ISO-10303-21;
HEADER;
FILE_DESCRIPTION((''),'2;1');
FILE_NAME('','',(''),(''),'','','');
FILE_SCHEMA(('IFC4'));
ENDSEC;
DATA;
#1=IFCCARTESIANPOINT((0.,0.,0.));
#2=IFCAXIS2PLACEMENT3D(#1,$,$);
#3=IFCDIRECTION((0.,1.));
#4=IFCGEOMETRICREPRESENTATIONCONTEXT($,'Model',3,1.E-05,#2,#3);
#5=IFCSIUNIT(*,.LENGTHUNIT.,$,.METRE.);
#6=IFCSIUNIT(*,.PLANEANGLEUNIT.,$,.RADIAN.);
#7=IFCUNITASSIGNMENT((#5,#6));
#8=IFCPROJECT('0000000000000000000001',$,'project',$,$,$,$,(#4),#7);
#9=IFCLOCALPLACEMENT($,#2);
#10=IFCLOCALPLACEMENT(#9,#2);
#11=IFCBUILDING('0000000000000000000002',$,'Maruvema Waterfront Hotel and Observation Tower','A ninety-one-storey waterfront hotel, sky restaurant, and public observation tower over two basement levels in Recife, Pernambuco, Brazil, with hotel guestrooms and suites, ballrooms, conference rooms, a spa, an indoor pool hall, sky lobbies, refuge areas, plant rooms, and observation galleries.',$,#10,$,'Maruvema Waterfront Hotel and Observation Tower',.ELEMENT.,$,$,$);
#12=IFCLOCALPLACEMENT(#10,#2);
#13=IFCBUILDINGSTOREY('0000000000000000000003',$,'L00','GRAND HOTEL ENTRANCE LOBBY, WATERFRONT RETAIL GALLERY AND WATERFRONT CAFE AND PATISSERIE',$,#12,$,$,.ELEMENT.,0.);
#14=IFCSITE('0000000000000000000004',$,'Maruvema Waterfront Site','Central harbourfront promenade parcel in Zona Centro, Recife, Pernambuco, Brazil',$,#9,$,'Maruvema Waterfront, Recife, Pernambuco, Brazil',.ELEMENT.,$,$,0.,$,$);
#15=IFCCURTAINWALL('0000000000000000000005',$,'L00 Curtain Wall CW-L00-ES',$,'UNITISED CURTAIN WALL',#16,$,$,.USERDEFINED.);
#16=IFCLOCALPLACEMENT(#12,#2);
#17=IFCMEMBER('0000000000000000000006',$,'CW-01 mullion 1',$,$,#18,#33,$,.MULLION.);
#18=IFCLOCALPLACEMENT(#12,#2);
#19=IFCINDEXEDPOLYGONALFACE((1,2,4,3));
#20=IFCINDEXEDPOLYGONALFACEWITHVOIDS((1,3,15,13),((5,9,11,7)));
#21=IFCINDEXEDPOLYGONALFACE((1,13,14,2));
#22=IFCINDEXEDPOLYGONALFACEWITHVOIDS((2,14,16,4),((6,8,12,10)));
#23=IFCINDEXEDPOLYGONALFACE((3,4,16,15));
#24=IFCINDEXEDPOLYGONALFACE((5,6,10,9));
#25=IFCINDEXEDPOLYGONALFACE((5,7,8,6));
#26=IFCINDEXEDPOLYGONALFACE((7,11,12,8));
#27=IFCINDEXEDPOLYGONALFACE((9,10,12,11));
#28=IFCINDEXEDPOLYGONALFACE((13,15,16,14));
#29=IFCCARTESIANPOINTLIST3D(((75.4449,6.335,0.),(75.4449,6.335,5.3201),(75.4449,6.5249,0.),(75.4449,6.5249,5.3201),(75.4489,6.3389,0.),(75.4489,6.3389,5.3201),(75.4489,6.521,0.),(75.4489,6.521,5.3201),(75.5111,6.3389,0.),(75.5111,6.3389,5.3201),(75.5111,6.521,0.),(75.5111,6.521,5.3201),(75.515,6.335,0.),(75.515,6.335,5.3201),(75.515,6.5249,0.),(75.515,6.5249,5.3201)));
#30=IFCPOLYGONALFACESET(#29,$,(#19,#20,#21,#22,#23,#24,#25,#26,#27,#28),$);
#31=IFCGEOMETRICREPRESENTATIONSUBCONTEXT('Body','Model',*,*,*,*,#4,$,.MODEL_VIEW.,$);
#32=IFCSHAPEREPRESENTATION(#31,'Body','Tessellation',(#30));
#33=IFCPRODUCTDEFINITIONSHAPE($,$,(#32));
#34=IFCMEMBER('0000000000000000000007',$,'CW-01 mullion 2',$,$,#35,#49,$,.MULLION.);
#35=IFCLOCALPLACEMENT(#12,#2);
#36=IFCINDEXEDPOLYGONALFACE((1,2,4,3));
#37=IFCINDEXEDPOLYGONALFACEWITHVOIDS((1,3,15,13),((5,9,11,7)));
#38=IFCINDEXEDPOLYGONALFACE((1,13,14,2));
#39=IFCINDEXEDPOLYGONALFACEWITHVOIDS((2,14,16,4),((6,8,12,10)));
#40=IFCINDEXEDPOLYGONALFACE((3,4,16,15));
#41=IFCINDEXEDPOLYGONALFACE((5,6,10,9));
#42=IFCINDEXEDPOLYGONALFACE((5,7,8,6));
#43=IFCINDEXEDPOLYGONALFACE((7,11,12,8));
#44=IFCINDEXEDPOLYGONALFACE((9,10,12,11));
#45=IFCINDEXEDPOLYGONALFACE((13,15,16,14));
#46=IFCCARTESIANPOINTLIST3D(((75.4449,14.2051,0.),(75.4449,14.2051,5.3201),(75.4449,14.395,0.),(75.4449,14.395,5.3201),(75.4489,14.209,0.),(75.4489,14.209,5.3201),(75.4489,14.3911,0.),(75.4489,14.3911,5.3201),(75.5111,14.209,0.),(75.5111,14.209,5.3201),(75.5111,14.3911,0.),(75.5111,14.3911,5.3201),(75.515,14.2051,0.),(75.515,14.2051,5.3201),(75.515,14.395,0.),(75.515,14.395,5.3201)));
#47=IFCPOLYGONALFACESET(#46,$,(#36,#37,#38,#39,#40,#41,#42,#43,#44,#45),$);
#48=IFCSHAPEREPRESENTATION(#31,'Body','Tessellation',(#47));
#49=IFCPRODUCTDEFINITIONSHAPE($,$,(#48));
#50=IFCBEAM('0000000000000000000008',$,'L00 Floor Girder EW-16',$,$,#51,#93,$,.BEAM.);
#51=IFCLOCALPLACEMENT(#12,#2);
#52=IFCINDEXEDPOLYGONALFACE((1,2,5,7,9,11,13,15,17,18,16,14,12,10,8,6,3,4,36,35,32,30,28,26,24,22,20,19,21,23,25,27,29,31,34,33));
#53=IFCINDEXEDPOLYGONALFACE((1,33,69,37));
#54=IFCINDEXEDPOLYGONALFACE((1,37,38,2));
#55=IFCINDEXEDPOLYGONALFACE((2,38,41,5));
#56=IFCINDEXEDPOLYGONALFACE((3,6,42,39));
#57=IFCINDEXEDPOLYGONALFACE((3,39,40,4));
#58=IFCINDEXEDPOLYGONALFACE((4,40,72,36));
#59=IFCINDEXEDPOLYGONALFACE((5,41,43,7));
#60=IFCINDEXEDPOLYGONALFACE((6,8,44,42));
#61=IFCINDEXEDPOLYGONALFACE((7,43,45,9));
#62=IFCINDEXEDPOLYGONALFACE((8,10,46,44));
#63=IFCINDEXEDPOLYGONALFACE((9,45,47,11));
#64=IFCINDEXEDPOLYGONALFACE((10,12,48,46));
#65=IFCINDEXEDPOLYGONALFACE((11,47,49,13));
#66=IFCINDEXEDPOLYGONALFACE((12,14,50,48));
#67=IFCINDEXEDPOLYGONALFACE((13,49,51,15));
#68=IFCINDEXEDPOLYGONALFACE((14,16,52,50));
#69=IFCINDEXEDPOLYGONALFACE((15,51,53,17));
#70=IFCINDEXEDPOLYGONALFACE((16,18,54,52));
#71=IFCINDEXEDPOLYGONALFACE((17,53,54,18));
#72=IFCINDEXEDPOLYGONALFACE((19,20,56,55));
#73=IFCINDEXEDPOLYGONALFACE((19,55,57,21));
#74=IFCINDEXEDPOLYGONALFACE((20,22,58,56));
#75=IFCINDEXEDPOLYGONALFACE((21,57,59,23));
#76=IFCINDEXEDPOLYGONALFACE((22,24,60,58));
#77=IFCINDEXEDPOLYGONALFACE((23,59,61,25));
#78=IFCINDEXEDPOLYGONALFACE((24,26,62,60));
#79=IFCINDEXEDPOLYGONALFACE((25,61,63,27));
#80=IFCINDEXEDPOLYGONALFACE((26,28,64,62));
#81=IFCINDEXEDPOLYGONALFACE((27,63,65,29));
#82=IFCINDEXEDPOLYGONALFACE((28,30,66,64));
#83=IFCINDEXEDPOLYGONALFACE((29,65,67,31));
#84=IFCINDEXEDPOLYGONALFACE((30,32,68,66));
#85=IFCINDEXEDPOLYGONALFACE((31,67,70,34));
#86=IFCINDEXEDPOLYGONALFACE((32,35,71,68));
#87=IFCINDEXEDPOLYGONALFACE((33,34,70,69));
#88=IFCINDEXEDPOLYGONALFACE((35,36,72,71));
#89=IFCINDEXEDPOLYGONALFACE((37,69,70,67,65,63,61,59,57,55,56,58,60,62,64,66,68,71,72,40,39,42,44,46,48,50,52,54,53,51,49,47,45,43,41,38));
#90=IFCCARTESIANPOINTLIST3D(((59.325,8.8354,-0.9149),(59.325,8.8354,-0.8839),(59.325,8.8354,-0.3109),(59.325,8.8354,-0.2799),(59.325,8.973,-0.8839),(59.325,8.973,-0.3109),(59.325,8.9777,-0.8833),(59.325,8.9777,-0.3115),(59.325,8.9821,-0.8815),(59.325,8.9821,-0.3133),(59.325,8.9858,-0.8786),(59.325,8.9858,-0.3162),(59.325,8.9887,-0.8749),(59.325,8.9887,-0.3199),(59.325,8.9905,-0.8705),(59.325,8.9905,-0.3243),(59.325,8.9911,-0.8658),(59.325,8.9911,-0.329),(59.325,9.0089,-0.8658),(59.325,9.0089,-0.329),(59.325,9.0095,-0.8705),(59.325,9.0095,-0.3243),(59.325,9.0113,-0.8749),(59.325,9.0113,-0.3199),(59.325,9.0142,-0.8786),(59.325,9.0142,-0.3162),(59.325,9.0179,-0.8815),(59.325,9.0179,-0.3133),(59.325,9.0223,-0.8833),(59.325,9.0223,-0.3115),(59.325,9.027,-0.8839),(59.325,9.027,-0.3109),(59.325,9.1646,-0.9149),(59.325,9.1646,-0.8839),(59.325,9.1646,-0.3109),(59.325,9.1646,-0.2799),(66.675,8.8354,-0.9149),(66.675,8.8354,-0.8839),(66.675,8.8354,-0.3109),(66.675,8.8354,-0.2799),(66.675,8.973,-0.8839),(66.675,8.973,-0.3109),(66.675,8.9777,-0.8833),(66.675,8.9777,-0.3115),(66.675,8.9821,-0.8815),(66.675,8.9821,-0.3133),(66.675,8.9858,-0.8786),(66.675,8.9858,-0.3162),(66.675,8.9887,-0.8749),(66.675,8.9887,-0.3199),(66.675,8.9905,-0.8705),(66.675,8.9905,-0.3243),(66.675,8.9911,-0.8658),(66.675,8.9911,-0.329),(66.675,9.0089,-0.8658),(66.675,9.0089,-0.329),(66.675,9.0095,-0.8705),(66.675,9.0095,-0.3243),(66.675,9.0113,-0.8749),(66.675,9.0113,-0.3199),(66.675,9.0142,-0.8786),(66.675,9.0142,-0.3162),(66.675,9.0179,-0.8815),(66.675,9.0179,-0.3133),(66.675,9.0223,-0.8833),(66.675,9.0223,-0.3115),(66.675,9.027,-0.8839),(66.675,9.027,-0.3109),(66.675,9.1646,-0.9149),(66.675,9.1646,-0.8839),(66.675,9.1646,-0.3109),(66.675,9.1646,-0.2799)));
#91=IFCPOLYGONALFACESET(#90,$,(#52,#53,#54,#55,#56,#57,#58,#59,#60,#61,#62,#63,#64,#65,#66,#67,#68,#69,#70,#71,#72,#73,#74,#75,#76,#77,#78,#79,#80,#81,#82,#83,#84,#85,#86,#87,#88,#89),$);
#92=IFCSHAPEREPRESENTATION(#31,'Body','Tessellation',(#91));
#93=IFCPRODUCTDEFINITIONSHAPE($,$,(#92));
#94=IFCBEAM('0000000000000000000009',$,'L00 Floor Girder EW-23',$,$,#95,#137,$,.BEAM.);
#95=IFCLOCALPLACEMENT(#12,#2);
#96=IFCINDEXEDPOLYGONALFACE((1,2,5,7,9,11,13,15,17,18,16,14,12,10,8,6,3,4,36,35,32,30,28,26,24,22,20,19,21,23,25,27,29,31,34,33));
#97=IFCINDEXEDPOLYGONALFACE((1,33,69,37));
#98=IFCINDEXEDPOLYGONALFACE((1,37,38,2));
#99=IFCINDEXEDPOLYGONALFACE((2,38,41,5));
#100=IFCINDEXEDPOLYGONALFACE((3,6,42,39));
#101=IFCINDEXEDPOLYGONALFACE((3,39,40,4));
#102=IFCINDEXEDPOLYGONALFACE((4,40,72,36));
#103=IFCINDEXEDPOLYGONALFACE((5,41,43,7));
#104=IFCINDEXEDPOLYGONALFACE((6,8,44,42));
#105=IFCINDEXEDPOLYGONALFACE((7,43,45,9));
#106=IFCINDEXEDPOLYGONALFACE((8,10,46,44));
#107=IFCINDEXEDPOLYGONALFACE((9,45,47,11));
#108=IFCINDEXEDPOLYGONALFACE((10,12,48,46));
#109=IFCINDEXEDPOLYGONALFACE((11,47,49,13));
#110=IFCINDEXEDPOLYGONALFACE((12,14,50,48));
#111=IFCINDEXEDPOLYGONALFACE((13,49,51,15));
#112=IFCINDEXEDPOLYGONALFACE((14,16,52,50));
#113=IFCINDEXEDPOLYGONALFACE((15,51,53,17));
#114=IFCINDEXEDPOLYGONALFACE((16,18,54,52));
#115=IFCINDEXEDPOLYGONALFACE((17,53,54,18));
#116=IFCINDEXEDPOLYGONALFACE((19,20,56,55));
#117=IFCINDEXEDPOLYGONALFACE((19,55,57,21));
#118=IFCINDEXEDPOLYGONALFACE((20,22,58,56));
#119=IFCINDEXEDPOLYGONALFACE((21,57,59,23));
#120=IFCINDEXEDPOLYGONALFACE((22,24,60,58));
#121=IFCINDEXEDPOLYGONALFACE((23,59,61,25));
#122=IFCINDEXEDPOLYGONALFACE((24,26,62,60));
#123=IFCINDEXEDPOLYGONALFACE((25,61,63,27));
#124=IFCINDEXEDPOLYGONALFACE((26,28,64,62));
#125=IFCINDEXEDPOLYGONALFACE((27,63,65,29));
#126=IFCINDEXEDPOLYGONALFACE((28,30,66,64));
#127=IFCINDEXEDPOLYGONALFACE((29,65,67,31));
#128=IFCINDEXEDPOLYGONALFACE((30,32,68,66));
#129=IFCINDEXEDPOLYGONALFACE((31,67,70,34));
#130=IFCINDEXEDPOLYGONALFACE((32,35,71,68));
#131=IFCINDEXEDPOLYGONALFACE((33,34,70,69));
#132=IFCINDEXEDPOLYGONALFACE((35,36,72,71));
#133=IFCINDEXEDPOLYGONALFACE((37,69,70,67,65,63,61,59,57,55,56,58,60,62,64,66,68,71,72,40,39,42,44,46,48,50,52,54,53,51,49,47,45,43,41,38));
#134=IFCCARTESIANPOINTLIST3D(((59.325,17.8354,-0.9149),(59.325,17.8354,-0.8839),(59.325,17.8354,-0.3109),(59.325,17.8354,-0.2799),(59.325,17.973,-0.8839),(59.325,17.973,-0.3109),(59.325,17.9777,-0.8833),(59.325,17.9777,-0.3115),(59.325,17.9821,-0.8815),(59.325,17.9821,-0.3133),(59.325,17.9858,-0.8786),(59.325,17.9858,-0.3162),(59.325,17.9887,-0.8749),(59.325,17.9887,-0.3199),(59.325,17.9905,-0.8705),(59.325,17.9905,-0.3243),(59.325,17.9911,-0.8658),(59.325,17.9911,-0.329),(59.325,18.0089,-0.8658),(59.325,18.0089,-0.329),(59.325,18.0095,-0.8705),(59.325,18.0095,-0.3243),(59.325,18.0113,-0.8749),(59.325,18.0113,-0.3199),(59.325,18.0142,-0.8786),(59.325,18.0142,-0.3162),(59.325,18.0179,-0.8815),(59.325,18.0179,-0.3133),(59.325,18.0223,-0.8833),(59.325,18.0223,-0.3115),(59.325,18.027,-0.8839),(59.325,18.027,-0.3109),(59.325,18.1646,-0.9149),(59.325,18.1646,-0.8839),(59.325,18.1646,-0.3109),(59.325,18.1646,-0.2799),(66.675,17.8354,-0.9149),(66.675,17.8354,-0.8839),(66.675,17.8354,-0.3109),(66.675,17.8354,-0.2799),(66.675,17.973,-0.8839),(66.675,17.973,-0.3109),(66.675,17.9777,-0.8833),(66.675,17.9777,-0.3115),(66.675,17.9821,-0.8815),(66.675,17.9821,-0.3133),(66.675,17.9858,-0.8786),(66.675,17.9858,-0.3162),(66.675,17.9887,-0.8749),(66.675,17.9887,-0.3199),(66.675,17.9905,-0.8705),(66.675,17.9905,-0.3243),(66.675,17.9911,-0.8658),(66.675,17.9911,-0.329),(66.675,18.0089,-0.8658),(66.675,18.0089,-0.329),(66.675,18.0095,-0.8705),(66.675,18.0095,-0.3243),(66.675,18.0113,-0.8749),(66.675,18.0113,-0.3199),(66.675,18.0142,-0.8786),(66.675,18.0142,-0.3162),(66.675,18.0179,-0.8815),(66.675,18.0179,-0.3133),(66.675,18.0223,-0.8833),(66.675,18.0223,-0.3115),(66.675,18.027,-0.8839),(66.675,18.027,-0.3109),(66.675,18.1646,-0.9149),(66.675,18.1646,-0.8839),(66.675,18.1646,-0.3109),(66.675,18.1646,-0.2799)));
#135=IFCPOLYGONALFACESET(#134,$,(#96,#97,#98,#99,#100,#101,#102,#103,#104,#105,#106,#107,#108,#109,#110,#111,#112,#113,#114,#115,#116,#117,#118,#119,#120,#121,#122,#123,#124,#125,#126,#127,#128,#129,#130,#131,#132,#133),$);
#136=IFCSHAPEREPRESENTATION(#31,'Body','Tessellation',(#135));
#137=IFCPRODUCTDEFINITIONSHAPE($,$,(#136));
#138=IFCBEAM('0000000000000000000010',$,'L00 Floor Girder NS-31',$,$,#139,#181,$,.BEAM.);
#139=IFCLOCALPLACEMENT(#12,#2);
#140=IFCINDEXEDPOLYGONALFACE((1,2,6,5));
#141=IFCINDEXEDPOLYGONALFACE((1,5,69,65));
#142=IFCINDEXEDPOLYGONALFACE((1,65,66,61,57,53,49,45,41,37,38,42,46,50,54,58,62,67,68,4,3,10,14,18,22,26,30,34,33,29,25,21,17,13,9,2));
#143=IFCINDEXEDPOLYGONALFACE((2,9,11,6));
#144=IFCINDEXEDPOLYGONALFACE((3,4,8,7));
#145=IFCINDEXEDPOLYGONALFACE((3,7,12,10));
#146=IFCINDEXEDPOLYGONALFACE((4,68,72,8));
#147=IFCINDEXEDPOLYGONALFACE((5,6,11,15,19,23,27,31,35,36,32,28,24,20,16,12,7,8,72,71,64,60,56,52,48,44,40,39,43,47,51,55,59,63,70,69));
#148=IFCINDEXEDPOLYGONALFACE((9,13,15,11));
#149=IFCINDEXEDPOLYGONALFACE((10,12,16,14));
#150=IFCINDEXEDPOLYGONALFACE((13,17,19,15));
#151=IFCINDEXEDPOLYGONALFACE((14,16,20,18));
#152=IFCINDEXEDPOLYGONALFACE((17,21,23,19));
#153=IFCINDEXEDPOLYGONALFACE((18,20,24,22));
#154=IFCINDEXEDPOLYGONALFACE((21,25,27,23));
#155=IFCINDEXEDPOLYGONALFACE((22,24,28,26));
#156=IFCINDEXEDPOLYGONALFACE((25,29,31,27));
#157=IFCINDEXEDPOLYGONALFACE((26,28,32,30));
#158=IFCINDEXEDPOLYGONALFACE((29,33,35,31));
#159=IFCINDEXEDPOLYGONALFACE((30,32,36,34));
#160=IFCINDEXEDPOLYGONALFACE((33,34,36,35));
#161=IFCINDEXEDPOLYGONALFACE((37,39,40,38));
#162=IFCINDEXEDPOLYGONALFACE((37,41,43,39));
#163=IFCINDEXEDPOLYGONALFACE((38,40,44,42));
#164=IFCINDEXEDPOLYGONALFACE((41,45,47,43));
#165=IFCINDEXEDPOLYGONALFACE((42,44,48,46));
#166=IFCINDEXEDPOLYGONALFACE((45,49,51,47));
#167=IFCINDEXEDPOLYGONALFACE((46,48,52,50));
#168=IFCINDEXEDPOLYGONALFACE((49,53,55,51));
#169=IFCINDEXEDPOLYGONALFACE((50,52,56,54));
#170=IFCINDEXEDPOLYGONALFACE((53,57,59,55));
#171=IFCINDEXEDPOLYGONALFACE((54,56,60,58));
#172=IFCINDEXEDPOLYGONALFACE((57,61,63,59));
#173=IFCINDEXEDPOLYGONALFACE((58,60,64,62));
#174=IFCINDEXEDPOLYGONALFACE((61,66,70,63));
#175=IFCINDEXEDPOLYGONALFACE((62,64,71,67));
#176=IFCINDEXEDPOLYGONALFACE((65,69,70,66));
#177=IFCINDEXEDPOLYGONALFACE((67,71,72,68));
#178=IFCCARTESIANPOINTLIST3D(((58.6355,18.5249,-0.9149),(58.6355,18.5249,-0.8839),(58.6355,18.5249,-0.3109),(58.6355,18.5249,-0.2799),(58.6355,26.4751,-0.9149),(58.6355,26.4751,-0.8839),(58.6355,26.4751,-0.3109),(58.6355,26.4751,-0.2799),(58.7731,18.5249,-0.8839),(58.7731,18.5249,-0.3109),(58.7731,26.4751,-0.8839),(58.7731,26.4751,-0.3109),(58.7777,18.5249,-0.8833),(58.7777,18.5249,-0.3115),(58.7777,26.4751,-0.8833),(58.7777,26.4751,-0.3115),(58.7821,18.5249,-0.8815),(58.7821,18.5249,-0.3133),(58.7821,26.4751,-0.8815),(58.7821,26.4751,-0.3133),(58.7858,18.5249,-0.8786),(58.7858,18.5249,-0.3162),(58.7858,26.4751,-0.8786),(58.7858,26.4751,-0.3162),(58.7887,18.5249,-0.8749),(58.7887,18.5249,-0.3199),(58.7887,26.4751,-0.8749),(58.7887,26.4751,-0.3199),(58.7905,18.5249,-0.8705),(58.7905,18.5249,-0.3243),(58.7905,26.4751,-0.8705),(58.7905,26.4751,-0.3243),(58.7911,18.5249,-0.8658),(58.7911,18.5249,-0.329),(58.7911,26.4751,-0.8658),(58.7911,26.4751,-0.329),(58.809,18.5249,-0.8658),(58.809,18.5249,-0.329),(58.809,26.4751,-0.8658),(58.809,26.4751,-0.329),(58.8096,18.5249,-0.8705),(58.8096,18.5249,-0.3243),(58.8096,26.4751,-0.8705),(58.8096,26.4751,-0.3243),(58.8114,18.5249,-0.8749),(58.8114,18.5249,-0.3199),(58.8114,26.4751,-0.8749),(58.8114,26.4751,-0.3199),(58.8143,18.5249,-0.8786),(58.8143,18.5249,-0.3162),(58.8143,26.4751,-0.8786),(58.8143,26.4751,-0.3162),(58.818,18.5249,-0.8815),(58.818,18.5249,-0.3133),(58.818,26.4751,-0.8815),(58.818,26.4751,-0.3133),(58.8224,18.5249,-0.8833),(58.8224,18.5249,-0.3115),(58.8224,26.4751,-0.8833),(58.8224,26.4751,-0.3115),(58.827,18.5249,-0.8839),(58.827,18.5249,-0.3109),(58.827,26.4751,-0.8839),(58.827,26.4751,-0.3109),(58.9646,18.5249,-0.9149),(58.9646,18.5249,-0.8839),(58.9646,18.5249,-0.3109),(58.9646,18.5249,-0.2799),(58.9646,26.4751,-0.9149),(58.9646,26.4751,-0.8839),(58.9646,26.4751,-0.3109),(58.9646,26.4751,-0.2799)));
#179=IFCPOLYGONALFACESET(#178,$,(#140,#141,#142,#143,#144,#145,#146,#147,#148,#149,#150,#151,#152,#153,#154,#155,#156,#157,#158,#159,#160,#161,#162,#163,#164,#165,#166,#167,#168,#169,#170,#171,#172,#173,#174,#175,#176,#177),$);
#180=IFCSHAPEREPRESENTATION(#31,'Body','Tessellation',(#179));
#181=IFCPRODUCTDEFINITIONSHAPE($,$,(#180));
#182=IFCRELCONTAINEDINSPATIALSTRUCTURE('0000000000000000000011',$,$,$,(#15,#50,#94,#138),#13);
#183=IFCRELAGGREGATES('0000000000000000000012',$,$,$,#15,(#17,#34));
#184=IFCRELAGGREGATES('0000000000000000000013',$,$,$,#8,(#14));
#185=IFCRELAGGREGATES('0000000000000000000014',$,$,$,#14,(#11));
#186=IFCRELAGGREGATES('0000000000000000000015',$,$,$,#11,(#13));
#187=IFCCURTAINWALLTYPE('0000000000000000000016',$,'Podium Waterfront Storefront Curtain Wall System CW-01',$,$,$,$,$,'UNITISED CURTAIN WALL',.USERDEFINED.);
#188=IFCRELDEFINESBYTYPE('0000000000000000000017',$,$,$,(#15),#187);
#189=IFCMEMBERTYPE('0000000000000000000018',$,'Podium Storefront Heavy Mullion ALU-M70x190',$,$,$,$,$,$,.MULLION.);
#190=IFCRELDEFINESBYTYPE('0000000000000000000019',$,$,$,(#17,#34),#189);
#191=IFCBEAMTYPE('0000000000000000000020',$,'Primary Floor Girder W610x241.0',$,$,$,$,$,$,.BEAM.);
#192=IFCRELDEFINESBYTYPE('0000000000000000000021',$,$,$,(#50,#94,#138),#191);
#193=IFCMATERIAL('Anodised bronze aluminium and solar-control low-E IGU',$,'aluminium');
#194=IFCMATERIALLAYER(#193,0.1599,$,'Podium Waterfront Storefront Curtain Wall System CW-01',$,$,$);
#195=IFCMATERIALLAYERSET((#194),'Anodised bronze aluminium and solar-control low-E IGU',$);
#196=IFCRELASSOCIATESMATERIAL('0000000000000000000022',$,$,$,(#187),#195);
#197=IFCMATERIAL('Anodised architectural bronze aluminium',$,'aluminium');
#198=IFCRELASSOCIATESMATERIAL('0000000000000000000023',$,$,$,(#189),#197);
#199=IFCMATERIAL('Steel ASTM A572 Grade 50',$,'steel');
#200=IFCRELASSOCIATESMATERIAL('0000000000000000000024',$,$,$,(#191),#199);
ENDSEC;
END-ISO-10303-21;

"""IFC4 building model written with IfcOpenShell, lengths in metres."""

from ifc_helpers import new_model, si_unit, direction, frame, origin, origin_2d, place, context, subcontext, project, spatial, hollow_rectangle, i_section, extrude, material, layer, layer_set, material_profile, profile_set, type_object, element, aggregate, save


model = new_model("IFC4")

# Units and contexts
model_context = context("Model", 3, precision=1e-05, world=origin(), true_north=direction((0.0, 1.0)))
body_context = subcontext(model_context, "Body", "Model", "MODEL_VIEW")
ifc_project = project(units=[si_unit("LENGTHUNIT", "METRE"), si_unit("PLANEANGLEUNIT", "RADIAN")], contexts=[model_context])

# Site, building, storey
site_placement = place(None, origin())
site = spatial("IfcSite", under=ifc_project, at=site_placement, Name="Maruvema Waterfront Site", Description="Central harbourfront promenade parcel in Zona Centro, Recife, Pernambuco, Brazil", LongName="Maruvema Waterfront, Recife, Pernambuco, Brazil", CompositionType="ELEMENT", RefElevation=0.0)
building_placement = place(site_placement, origin())
building = spatial("IfcBuilding", under=site, at=building_placement, Name="Maruvema Waterfront Hotel and Observation Tower", Description="A ninety-one-storey waterfront hotel, sky restaurant, and public observation tower over two basement levels in Recife, Pernambuco, Brazil, with hotel guestrooms and suites, ballrooms, conference rooms, a spa, an indoor pool hall, sky lobbies, refuge areas, plant rooms, and observation galleries.", LongName="Maruvema Waterfront Hotel and Observation Tower", CompositionType="ELEMENT")
storey_placement = place(building_placement, origin())
storey = spatial("IfcBuildingStorey", under=building, at=storey_placement, Name="L00", Description="GRAND HOTEL ENTRANCE LOBBY, WATERFRONT RETAIL GALLERY AND WATERFRONT CAFE AND PATISSERIE", CompositionType="ELEMENT", Elevation=0.0)

# Curtain wall
ifc_material_1 = material(Name="Anodised bronze aluminium and solar-control low-E IGU", Category="aluminium")
ifc_layer_1 = layer(ifc_material_1, 0.1599, Name="Podium Waterfront Storefront Curtain Wall System CW-01")
ifc_layer_set_1 = layer_set([ifc_layer_1], Name="Anodised bronze aluminium and solar-control low-E IGU")
curtain_wall_type = type_object("IfcCurtainWallType", Name="Podium Waterfront Storefront Curtain Wall System CW-01", ElementType="UNITISED CURTAIN WALL", PredefinedType="USERDEFINED", material=ifc_layer_set_1)
curtain_wall_placement = place(storey_placement, origin())
curtain_wall = element("IfcCurtainWall", 1, at=curtain_wall_placement, inside=storey, type_object=curtain_wall_type, Name="L00 Curtain Wall CW-L00-ES", ObjectType="UNITISED CURTAIN WALL", PredefinedType="USERDEFINED")

# Members
ifc_material_2 = material(Name="Anodised architectural bronze aluminium", Category="aluminium")
ifc_material_profile_1 = material_profile(ifc_material_2, hollow_rectangle(XDim=0.0701, YDim=0.1899, WallThickness=0.0039, at=origin_2d()), Name="ALU-M70x190")
ifc_profile_set_1 = profile_set([ifc_material_profile_1], Name="Anodised architectural bronze aluminium")
member_type_1 = type_object("IfcMemberType", Name="Podium Storefront Heavy Mullion ALU-M70x190", PredefinedType="MULLION", material=ifc_profile_set_1)
member_1_placement = place(storey_placement, frame((75.48, 6.4299, 0.0), z_axis=(0.0, 0.0, 1.0), x_axis=(-1.0, 0.0, 0.0)))
member_1 = element("IfcMember", 2, at=member_1_placement, type_object=member_type_1, Name="CW-01 mullion 1", PredefinedType="MULLION", context=body_context, shape_type="SweptSolid", body=[
    extrude(hollow_rectangle(XDim=0.0701, YDim=0.1899, WallThickness=0.0039, at=origin_2d()), origin(), (0.0, 0.0, 1.0), 5.3201),
])
member_2_placement = place(storey_placement, frame((75.48, 14.3, 0.0), z_axis=(0.0, 0.0, 1.0), x_axis=(-1.0, 0.0, 0.0)))
member_2 = element("IfcMember", 3, at=member_2_placement, type_object=member_type_1, Name="CW-01 mullion 2", PredefinedType="MULLION", context=body_context, shape_type="SweptSolid", body=[
    extrude(hollow_rectangle(XDim=0.0701, YDim=0.1899, WallThickness=0.0039, at=origin_2d()), origin(), (0.0, 0.0, 1.0), 5.3201),
])

# Beams
ifc_material_3 = material(Name="Steel ASTM A572 Grade 50", Category="steel")
ifc_material_profile_2 = material_profile(ifc_material_3, i_section(OverallWidth=0.3291, OverallDepth=0.635, WebThickness=0.0178, FlangeThickness=0.031, FilletRadius=0.0181, at=origin_2d()), Name="W610x241.0")
ifc_profile_set_2 = profile_set([ifc_material_profile_2], Name="Steel ASTM A572 Grade 50")
beam_type_1 = type_object("IfcBeamType", Name="Primary Floor Girder W610x241.0", PredefinedType="BEAM", material=ifc_profile_set_2)
for number, where, z_axis, x_axis, name in (
    (4, (59.325, 9.0, -0.5974), (1.0, 0.0, 0.0), (0.0, 1.0, 0.0), "L00 Floor Girder EW-16"),
    (5, (59.325, 18.0, -0.5974), (1.0, 0.0, 0.0), (0.0, 1.0, 0.0), "L00 Floor Girder EW-23"),
):
    element("IfcBeam", number, at=place(storey_placement, frame(where, z_axis=z_axis, x_axis=x_axis)), inside=storey, type_object=beam_type_1, Name=name, PredefinedType="BEAM", context=body_context, shape_type="SweptSolid", body=[
        extrude(i_section(OverallWidth=0.3291, OverallDepth=0.635, WebThickness=0.0178, FlangeThickness=0.031, FilletRadius=0.0181, at=origin_2d()), origin(), (0.0, 0.0, 1.0), 7.3501),
    ])
beam_1_placement = place(storey_placement, frame((58.8, 18.5249, -0.5974), z_axis=(0.0, 1.0, 0.0), x_axis=(-1.0, 0.0, 0.0)))
element("IfcBeam", 6, at=beam_1_placement, inside=storey, type_object=beam_type_1, Name="L00 Floor Girder NS-31", PredefinedType="BEAM", context=body_context, shape_type="SweptSolid", body=[
    extrude(i_section(OverallWidth=0.3291, OverallDepth=0.635, WebThickness=0.0178, FlangeThickness=0.031, FilletRadius=0.0181, at=origin_2d()), origin(), (0.0, 0.0, 1.0), 7.9502),
])

aggregate(curtain_wall, [member_1, member_2])

save(model, "model.ifc")
